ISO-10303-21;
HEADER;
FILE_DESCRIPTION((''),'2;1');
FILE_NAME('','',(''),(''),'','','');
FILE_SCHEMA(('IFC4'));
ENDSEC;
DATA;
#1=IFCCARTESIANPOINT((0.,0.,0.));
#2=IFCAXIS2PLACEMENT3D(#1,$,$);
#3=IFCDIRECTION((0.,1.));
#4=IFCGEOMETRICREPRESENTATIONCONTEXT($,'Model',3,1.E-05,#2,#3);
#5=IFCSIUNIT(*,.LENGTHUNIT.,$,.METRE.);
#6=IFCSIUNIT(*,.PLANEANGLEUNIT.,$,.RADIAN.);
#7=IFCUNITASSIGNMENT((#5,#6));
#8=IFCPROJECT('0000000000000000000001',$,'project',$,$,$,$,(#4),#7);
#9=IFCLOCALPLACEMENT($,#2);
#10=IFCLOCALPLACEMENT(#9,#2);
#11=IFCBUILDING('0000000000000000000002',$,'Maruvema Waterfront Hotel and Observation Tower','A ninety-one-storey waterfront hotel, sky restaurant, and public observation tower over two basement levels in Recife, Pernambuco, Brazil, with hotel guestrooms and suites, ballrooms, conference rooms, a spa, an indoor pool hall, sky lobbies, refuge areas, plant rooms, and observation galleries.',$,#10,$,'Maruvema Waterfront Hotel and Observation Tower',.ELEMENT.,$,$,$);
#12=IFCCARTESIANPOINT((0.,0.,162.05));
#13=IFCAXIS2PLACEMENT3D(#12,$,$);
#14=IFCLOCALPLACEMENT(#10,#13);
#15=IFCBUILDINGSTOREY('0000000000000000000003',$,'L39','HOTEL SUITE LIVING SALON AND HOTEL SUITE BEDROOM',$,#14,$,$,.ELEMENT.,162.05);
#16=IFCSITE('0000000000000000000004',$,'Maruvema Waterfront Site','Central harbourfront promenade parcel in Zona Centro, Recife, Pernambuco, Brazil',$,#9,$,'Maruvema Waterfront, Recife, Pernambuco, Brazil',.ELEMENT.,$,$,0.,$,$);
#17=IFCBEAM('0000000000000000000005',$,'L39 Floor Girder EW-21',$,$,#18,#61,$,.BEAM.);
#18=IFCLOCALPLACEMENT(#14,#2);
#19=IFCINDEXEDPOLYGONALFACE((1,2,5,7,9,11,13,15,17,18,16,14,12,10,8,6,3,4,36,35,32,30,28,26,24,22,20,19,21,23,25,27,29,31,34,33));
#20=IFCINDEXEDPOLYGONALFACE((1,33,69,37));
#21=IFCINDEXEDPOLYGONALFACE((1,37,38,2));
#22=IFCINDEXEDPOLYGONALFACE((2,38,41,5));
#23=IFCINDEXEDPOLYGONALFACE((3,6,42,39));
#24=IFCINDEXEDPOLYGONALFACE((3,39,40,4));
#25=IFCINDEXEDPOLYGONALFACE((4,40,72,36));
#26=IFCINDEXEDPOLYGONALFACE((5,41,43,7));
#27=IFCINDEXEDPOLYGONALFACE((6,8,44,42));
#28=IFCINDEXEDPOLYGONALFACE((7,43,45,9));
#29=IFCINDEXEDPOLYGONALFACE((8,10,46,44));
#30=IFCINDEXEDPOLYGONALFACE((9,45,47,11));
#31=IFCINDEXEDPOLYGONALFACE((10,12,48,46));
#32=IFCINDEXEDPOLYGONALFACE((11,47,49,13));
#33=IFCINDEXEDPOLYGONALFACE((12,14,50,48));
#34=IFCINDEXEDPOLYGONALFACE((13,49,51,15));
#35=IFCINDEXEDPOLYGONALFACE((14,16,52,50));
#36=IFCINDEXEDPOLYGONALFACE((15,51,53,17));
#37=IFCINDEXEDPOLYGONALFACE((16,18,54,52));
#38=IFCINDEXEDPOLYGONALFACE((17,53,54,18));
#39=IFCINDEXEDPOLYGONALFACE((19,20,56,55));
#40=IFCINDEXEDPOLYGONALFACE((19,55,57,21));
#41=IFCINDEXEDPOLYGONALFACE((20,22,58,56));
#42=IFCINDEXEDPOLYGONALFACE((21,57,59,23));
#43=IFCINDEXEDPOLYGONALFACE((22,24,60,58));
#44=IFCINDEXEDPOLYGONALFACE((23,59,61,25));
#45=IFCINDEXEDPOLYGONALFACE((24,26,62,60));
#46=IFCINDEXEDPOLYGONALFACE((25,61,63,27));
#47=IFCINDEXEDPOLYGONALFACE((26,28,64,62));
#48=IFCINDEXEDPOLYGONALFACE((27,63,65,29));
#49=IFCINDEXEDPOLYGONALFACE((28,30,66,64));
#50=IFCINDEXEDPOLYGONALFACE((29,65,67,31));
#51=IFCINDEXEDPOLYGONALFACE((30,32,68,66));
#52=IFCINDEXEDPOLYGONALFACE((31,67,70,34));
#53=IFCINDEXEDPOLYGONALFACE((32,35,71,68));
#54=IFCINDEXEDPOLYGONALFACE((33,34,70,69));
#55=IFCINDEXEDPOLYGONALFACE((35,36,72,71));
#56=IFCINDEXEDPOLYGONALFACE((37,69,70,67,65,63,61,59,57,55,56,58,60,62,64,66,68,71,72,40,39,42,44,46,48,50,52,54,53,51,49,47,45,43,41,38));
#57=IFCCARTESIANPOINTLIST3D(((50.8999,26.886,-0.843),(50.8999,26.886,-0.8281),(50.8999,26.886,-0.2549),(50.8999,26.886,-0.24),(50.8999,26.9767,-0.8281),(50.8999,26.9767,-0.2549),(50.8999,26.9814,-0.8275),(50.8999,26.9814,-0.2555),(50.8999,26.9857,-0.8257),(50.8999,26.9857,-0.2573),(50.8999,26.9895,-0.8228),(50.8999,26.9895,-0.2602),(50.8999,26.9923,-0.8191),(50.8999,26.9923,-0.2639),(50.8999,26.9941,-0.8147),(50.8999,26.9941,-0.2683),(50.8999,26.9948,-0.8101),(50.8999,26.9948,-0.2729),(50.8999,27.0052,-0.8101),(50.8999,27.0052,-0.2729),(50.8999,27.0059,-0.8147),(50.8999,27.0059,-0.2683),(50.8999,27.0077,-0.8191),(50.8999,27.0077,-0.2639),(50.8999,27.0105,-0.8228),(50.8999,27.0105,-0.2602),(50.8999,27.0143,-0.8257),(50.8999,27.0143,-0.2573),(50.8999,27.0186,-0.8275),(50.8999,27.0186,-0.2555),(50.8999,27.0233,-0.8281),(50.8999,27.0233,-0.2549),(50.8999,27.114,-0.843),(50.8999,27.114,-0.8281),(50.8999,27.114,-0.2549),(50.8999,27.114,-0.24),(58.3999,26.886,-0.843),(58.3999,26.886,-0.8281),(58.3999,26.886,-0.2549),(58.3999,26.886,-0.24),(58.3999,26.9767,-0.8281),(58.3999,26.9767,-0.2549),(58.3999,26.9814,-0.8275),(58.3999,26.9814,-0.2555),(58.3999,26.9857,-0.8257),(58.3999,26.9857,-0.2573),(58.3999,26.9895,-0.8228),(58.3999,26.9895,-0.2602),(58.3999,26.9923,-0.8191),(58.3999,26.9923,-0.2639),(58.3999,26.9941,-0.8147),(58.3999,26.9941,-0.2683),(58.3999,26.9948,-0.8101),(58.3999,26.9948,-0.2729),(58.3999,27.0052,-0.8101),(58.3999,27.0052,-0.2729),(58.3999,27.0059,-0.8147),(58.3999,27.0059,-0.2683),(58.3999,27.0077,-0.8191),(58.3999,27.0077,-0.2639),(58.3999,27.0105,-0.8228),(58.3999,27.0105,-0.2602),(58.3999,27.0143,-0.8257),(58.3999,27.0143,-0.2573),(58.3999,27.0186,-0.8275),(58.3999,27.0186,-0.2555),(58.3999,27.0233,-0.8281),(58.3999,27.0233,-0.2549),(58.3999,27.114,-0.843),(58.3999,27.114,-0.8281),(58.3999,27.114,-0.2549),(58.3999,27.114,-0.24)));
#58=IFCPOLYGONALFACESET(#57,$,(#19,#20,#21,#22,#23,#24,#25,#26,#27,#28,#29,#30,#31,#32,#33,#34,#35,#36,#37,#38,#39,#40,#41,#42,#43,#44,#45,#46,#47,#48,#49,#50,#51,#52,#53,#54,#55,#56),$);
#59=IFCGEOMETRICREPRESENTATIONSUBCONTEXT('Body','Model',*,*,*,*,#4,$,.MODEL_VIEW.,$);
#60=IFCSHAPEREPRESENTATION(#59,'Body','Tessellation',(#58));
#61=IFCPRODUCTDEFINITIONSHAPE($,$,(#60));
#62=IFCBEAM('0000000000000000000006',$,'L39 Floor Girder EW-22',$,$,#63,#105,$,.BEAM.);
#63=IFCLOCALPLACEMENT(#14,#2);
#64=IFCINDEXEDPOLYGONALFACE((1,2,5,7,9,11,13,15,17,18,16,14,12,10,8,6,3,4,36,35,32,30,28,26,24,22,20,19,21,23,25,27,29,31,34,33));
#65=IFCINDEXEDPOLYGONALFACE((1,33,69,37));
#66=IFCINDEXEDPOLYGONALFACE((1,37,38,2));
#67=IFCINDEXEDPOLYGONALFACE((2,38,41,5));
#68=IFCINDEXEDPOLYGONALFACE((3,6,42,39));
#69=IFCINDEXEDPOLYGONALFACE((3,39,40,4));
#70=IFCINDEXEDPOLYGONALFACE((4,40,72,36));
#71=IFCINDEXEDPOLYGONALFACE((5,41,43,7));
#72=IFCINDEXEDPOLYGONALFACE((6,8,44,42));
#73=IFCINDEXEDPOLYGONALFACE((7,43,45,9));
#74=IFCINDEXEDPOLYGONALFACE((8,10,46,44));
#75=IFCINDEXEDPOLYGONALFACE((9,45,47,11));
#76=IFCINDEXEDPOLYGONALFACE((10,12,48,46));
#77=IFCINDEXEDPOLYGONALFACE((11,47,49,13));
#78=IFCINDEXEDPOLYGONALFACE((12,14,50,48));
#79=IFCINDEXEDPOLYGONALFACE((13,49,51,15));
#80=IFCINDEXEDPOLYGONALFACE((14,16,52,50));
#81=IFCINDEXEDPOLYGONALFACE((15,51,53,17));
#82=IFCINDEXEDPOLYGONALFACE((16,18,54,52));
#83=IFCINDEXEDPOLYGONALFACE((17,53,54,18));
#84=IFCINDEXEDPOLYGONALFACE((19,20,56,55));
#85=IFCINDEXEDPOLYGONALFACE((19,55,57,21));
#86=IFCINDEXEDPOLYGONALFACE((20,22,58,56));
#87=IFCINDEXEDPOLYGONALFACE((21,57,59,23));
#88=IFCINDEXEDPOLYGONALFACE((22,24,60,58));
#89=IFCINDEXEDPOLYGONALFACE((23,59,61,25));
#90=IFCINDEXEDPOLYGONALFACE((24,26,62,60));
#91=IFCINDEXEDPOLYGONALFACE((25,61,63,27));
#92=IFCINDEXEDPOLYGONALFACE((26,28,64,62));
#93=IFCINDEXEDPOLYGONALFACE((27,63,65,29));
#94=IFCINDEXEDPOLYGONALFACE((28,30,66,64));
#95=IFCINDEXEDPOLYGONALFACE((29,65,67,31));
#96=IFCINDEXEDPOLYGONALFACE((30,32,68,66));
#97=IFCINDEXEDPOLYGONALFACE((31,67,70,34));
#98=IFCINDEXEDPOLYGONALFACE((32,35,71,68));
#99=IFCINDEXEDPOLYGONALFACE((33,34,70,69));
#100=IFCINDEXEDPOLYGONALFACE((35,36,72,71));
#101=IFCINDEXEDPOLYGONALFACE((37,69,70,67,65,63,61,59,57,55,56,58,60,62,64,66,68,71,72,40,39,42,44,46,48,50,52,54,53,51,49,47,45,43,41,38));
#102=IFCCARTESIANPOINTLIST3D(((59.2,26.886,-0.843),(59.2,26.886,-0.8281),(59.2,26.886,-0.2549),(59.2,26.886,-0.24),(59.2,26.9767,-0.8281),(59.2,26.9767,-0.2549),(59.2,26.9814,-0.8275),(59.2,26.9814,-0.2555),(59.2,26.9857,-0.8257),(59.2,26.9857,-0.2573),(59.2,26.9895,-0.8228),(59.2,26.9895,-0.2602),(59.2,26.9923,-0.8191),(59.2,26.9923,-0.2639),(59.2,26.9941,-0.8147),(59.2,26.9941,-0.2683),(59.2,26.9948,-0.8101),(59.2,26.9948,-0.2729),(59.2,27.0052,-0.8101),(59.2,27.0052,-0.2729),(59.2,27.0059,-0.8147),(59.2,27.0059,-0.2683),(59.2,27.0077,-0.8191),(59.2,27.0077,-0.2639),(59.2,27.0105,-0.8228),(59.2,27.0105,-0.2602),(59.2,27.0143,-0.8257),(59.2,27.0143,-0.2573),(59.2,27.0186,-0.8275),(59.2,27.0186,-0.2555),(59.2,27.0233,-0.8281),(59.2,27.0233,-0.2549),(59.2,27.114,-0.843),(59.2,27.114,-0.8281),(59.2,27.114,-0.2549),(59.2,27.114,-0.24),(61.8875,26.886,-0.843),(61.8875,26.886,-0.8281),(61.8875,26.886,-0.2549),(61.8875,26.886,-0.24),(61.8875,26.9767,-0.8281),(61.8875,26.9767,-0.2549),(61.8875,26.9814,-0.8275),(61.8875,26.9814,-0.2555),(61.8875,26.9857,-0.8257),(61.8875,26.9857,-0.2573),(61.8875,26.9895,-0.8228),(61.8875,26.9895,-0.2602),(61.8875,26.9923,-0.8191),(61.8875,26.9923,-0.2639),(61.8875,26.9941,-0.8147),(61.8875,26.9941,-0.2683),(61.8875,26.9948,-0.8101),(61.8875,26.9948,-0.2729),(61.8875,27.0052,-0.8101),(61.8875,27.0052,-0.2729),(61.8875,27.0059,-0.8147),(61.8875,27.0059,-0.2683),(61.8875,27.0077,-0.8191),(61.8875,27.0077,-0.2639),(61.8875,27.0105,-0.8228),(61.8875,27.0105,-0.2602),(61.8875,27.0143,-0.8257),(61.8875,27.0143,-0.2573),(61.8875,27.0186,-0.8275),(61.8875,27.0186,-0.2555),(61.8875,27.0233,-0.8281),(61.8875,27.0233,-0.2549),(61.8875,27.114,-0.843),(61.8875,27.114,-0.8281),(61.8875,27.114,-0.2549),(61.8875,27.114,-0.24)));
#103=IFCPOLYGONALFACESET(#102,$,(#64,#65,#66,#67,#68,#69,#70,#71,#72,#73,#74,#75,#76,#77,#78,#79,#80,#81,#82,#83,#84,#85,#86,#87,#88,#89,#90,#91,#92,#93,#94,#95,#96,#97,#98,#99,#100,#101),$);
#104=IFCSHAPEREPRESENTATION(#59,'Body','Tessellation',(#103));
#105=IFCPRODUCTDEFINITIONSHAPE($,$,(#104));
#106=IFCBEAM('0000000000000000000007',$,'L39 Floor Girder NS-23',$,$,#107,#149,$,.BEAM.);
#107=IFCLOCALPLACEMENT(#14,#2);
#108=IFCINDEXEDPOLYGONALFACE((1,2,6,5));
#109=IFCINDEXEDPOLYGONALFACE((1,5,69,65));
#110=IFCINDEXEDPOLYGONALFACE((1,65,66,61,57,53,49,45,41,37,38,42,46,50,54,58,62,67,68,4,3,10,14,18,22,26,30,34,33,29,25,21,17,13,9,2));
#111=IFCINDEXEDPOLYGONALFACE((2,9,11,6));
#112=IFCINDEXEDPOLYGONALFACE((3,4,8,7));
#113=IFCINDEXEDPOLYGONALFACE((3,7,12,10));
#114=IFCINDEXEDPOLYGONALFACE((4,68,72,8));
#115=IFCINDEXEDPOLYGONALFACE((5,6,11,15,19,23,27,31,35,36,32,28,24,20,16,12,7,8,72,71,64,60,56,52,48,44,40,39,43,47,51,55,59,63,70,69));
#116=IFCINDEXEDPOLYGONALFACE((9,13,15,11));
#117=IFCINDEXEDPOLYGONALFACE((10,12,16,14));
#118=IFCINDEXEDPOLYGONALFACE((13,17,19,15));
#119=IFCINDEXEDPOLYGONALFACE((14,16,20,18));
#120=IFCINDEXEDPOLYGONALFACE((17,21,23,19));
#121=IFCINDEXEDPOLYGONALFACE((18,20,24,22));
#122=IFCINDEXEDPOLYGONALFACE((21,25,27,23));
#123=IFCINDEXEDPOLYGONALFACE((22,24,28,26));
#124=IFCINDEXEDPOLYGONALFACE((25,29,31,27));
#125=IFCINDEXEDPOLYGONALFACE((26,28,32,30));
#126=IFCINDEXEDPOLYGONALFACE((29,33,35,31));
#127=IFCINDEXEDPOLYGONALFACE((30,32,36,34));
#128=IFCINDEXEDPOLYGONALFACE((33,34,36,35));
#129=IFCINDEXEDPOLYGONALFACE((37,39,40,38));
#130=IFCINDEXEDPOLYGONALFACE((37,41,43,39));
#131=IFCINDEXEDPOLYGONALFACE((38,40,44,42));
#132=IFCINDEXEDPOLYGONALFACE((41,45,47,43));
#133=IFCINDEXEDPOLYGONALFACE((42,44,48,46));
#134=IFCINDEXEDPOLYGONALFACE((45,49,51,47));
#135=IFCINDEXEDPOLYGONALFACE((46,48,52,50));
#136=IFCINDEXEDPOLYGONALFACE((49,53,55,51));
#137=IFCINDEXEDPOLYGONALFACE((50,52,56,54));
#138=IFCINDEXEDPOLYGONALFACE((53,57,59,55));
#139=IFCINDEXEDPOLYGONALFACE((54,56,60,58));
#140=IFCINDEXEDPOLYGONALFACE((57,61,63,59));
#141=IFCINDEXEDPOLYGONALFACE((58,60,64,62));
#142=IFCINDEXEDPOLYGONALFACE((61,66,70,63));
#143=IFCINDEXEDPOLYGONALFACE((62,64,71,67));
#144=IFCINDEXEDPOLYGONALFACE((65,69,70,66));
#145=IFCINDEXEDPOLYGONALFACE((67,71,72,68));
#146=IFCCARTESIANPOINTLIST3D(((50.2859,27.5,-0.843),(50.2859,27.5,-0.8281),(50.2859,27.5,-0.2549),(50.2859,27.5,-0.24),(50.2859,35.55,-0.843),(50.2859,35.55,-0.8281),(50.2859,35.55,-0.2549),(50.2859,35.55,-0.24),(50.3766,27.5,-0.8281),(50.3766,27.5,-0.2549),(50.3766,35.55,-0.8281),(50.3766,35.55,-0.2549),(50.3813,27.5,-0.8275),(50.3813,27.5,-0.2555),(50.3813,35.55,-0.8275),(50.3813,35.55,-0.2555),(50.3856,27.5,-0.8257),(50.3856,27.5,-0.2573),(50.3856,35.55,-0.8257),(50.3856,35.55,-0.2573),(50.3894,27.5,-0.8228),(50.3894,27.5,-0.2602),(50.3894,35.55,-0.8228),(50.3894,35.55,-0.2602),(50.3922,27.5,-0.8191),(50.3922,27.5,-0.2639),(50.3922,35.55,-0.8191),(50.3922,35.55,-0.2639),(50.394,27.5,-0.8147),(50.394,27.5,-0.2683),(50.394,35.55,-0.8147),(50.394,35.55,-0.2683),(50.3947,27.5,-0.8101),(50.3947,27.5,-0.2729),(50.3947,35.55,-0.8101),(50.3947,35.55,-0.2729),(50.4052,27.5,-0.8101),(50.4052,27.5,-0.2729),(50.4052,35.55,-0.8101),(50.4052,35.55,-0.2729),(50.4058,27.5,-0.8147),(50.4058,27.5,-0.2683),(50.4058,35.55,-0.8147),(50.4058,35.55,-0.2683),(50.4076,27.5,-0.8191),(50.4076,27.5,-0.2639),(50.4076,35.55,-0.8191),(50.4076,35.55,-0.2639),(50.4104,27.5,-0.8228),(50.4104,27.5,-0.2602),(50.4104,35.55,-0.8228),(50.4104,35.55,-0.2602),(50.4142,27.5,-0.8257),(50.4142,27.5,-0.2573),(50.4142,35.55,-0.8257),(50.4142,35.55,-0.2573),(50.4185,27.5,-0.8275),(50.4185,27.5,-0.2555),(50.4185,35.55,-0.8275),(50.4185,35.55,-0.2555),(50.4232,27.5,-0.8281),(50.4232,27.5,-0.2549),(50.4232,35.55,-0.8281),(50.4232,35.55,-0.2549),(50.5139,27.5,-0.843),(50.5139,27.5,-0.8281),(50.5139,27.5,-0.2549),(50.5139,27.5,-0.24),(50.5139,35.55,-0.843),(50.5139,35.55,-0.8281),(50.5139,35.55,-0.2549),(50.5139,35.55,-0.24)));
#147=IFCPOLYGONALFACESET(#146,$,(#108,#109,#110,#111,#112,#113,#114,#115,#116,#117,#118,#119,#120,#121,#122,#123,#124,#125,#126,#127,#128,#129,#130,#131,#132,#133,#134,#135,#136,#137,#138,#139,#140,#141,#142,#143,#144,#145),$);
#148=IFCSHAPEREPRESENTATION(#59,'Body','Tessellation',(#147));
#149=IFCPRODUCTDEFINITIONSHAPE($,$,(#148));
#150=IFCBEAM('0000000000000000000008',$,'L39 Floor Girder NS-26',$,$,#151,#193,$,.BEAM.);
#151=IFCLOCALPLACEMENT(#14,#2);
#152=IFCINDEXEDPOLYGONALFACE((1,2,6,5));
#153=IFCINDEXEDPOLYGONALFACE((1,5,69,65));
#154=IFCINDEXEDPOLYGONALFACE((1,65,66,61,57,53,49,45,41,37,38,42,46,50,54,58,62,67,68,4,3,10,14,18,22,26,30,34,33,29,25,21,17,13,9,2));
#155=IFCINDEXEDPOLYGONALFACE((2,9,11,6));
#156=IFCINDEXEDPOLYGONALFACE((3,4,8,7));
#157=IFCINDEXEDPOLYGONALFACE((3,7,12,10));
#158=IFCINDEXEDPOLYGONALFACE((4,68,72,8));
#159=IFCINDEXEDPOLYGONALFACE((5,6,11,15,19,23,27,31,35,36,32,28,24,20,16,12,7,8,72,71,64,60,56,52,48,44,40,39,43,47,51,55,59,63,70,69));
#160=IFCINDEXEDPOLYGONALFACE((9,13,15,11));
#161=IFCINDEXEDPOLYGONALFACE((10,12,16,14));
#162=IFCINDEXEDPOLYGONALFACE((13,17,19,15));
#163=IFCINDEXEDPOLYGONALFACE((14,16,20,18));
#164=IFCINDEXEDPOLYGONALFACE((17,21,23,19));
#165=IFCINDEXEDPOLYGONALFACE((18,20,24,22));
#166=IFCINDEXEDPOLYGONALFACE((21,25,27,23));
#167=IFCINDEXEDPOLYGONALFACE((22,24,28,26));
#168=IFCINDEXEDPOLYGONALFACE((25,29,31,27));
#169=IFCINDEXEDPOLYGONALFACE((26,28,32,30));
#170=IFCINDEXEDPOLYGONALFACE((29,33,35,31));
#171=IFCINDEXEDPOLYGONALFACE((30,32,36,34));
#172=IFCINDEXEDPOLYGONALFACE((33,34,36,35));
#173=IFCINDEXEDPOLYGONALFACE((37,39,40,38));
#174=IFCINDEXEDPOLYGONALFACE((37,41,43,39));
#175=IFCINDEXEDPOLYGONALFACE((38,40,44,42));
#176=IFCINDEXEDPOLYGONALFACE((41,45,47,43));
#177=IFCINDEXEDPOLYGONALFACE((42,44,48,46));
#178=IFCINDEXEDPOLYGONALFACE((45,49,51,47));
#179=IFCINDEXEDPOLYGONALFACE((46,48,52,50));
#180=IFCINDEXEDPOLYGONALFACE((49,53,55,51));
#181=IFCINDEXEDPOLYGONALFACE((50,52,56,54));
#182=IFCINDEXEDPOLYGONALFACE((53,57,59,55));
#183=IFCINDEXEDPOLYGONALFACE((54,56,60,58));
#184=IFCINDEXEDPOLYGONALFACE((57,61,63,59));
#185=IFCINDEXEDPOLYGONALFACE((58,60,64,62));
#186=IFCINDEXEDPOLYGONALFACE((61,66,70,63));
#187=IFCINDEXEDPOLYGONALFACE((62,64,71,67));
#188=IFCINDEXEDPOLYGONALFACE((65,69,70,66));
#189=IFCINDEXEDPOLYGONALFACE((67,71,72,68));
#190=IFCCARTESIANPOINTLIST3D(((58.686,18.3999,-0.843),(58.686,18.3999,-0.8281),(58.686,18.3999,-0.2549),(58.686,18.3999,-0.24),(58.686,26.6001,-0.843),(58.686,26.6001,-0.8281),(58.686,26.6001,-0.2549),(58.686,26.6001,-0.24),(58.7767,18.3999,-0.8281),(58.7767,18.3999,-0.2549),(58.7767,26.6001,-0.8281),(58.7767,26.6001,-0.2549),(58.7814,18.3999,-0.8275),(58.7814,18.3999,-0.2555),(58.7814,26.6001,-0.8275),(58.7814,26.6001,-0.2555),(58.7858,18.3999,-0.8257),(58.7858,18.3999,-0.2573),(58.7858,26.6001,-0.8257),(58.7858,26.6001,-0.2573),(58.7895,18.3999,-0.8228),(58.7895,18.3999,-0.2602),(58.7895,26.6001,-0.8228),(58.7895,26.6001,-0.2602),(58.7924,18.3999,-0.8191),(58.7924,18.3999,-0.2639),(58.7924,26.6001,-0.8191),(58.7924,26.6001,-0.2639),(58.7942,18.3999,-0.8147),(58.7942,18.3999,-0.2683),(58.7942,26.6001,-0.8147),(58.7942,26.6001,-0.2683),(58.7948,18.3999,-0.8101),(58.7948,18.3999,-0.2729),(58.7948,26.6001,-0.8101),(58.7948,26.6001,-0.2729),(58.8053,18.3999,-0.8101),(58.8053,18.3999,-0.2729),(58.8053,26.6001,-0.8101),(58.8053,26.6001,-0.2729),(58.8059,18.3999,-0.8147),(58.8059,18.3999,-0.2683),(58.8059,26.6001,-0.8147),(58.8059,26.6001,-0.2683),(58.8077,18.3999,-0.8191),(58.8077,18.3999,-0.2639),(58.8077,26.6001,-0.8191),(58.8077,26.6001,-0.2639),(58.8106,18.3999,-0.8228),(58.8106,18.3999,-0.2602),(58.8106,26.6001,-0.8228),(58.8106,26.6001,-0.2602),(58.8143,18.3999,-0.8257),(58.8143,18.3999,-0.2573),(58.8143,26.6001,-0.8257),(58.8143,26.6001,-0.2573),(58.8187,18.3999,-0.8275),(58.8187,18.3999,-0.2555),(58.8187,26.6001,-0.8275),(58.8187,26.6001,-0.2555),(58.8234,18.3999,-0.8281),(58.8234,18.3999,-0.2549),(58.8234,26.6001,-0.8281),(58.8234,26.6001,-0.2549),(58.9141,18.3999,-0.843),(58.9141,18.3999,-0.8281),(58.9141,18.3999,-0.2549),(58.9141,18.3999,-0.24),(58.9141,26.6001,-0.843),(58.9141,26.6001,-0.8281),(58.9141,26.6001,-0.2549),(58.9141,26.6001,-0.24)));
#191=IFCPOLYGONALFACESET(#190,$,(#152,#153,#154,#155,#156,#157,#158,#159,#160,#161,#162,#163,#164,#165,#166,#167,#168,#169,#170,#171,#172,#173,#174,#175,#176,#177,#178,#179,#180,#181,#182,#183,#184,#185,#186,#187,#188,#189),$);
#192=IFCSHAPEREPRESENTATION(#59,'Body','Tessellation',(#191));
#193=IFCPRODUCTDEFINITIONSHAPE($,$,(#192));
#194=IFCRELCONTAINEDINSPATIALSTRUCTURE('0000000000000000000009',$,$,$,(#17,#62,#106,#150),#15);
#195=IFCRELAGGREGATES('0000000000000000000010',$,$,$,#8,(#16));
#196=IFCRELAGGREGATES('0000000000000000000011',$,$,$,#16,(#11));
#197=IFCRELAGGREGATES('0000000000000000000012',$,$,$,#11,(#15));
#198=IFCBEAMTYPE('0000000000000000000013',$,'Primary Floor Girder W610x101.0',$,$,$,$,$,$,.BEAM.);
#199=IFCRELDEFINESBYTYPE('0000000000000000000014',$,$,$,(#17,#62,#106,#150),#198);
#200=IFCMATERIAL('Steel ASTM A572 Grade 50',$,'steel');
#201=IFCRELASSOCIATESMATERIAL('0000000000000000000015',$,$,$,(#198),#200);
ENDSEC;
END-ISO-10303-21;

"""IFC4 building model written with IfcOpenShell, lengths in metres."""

from ifc_helpers import new_model, si_unit, direction, frame, origin, origin_2d, place, context, subcontext, project, spatial, i_section, extrude, material, material_profile, profile_set, type_object, element, save


model = new_model("IFC4")

# Units and contexts
model_context = context("Model", 3, precision=1e-05, world=origin(), true_north=direction((0.0, 1.0)))
body_context = subcontext(model_context, "Body", "Model", "MODEL_VIEW")
ifc_project = project(units=[si_unit("LENGTHUNIT", "METRE"), si_unit("PLANEANGLEUNIT", "RADIAN")], contexts=[model_context])

# Site, building, storey
site_placement = place(None, origin())
site = spatial("IfcSite", under=ifc_project, at=site_placement, Name="Maruvema Waterfront Site", Description="Central harbourfront promenade parcel in Zona Centro, Recife, Pernambuco, Brazil", LongName="Maruvema Waterfront, Recife, Pernambuco, Brazil", CompositionType="ELEMENT", RefElevation=0.0)
building_placement = place(site_placement, origin())
building = spatial("IfcBuilding", under=site, at=building_placement, Name="Maruvema Waterfront Hotel and Observation Tower", Description="A ninety-one-storey waterfront hotel, sky restaurant, and public observation tower over two basement levels in Recife, Pernambuco, Brazil, with hotel guestrooms and suites, ballrooms, conference rooms, a spa, an indoor pool hall, sky lobbies, refuge areas, plant rooms, and observation galleries.", LongName="Maruvema Waterfront Hotel and Observation Tower", CompositionType="ELEMENT")
storey_placement = place(building_placement, frame((0.0, 0.0, 162.05)))
storey = spatial("IfcBuildingStorey", under=building, at=storey_placement, Name="L39", Description="HOTEL SUITE LIVING SALON AND HOTEL SUITE BEDROOM", CompositionType="ELEMENT", Elevation=162.05)

# Beams
ifc_material_1 = material(Name="Steel ASTM A572 Grade 50", Category="steel")
ifc_material_profile_1 = material_profile(ifc_material_1, i_section(OverallWidth=0.228, OverallDepth=0.603, WebThickness=0.0105, FlangeThickness=0.0149, FilletRadius=0.0181, at=origin_2d()), Name="W610x101.0")
ifc_profile_set_1 = profile_set([ifc_material_profile_1], Name="Steel ASTM A572 Grade 50")
beam_type_1 = type_object("IfcBeamType", Name="Primary Floor Girder W610x101.0", PredefinedType="BEAM", material=ifc_profile_set_1)
beam_1_placement = place(storey_placement, frame((50.8999, 27.0, -0.5415), z_axis=(1.0, 0.0, 0.0), x_axis=(0.0, 1.0, 0.0)))
element("IfcBeam", 1, at=beam_1_placement, inside=storey, type_object=beam_type_1, Name="L39 Floor Girder EW-21", PredefinedType="BEAM", context=body_context, shape_type="SweptSolid", body=[
    extrude(i_section(OverallWidth=0.228, OverallDepth=0.603, WebThickness=0.0105, FlangeThickness=0.0149, FilletRadius=0.0181, at=origin_2d()), origin(), (0.0, 0.0, 1.0), 7.5),
])
beam_2_placement = place(storey_placement, frame((59.2, 27.0, -0.5415), z_axis=(1.0, 0.0, 0.0), x_axis=(0.0, 1.0, 0.0)))
element("IfcBeam", 2, at=beam_2_placement, inside=storey, type_object=beam_type_1, Name="L39 Floor Girder EW-22", PredefinedType="BEAM", context=body_context, shape_type="SweptSolid", body=[
    extrude(i_section(OverallWidth=0.228, OverallDepth=0.603, WebThickness=0.0105, FlangeThickness=0.0149, FilletRadius=0.0181, at=origin_2d()), origin(), (0.0, 0.0, 1.0), 2.6875),
])
beam_3_placement = place(storey_placement, frame((50.3999, 27.5, -0.5415), z_axis=(0.0, 1.0, 0.0), x_axis=(-1.0, 0.0, 0.0)))
element("IfcBeam", 3, at=beam_3_placement, inside=storey, type_object=beam_type_1, Name="L39 Floor Girder NS-23", PredefinedType="BEAM", context=body_context, shape_type="SweptSolid", body=[
    extrude(i_section(OverallWidth=0.228, OverallDepth=0.603, WebThickness=0.0105, FlangeThickness=0.0149, FilletRadius=0.0181, at=origin_2d()), origin(), (0.0, 0.0, 1.0), 8.05),
])
for number, where, z_axis, x_axis, name in (
    (4, (58.8, 18.3999, -0.5415), (0.0, 1.0, 0.0), (-1.0, 0.0, 0.0), "L39 Floor Girder NS-26"),
):
    element("IfcBeam", number, at=place(storey_placement, frame(where, z_axis=z_axis, x_axis=x_axis)), inside=storey, type_object=beam_type_1, Name=name, PredefinedType="BEAM", context=body_context, shape_type="SweptSolid", body=[
        extrude(i_section(OverallWidth=0.228, OverallDepth=0.603, WebThickness=0.0105, FlangeThickness=0.0149, FilletRadius=0.0181, at=origin_2d()), origin(), (0.0, 0.0, 1.0), 8.2002),
    ])

save(model, "model.ifc")
